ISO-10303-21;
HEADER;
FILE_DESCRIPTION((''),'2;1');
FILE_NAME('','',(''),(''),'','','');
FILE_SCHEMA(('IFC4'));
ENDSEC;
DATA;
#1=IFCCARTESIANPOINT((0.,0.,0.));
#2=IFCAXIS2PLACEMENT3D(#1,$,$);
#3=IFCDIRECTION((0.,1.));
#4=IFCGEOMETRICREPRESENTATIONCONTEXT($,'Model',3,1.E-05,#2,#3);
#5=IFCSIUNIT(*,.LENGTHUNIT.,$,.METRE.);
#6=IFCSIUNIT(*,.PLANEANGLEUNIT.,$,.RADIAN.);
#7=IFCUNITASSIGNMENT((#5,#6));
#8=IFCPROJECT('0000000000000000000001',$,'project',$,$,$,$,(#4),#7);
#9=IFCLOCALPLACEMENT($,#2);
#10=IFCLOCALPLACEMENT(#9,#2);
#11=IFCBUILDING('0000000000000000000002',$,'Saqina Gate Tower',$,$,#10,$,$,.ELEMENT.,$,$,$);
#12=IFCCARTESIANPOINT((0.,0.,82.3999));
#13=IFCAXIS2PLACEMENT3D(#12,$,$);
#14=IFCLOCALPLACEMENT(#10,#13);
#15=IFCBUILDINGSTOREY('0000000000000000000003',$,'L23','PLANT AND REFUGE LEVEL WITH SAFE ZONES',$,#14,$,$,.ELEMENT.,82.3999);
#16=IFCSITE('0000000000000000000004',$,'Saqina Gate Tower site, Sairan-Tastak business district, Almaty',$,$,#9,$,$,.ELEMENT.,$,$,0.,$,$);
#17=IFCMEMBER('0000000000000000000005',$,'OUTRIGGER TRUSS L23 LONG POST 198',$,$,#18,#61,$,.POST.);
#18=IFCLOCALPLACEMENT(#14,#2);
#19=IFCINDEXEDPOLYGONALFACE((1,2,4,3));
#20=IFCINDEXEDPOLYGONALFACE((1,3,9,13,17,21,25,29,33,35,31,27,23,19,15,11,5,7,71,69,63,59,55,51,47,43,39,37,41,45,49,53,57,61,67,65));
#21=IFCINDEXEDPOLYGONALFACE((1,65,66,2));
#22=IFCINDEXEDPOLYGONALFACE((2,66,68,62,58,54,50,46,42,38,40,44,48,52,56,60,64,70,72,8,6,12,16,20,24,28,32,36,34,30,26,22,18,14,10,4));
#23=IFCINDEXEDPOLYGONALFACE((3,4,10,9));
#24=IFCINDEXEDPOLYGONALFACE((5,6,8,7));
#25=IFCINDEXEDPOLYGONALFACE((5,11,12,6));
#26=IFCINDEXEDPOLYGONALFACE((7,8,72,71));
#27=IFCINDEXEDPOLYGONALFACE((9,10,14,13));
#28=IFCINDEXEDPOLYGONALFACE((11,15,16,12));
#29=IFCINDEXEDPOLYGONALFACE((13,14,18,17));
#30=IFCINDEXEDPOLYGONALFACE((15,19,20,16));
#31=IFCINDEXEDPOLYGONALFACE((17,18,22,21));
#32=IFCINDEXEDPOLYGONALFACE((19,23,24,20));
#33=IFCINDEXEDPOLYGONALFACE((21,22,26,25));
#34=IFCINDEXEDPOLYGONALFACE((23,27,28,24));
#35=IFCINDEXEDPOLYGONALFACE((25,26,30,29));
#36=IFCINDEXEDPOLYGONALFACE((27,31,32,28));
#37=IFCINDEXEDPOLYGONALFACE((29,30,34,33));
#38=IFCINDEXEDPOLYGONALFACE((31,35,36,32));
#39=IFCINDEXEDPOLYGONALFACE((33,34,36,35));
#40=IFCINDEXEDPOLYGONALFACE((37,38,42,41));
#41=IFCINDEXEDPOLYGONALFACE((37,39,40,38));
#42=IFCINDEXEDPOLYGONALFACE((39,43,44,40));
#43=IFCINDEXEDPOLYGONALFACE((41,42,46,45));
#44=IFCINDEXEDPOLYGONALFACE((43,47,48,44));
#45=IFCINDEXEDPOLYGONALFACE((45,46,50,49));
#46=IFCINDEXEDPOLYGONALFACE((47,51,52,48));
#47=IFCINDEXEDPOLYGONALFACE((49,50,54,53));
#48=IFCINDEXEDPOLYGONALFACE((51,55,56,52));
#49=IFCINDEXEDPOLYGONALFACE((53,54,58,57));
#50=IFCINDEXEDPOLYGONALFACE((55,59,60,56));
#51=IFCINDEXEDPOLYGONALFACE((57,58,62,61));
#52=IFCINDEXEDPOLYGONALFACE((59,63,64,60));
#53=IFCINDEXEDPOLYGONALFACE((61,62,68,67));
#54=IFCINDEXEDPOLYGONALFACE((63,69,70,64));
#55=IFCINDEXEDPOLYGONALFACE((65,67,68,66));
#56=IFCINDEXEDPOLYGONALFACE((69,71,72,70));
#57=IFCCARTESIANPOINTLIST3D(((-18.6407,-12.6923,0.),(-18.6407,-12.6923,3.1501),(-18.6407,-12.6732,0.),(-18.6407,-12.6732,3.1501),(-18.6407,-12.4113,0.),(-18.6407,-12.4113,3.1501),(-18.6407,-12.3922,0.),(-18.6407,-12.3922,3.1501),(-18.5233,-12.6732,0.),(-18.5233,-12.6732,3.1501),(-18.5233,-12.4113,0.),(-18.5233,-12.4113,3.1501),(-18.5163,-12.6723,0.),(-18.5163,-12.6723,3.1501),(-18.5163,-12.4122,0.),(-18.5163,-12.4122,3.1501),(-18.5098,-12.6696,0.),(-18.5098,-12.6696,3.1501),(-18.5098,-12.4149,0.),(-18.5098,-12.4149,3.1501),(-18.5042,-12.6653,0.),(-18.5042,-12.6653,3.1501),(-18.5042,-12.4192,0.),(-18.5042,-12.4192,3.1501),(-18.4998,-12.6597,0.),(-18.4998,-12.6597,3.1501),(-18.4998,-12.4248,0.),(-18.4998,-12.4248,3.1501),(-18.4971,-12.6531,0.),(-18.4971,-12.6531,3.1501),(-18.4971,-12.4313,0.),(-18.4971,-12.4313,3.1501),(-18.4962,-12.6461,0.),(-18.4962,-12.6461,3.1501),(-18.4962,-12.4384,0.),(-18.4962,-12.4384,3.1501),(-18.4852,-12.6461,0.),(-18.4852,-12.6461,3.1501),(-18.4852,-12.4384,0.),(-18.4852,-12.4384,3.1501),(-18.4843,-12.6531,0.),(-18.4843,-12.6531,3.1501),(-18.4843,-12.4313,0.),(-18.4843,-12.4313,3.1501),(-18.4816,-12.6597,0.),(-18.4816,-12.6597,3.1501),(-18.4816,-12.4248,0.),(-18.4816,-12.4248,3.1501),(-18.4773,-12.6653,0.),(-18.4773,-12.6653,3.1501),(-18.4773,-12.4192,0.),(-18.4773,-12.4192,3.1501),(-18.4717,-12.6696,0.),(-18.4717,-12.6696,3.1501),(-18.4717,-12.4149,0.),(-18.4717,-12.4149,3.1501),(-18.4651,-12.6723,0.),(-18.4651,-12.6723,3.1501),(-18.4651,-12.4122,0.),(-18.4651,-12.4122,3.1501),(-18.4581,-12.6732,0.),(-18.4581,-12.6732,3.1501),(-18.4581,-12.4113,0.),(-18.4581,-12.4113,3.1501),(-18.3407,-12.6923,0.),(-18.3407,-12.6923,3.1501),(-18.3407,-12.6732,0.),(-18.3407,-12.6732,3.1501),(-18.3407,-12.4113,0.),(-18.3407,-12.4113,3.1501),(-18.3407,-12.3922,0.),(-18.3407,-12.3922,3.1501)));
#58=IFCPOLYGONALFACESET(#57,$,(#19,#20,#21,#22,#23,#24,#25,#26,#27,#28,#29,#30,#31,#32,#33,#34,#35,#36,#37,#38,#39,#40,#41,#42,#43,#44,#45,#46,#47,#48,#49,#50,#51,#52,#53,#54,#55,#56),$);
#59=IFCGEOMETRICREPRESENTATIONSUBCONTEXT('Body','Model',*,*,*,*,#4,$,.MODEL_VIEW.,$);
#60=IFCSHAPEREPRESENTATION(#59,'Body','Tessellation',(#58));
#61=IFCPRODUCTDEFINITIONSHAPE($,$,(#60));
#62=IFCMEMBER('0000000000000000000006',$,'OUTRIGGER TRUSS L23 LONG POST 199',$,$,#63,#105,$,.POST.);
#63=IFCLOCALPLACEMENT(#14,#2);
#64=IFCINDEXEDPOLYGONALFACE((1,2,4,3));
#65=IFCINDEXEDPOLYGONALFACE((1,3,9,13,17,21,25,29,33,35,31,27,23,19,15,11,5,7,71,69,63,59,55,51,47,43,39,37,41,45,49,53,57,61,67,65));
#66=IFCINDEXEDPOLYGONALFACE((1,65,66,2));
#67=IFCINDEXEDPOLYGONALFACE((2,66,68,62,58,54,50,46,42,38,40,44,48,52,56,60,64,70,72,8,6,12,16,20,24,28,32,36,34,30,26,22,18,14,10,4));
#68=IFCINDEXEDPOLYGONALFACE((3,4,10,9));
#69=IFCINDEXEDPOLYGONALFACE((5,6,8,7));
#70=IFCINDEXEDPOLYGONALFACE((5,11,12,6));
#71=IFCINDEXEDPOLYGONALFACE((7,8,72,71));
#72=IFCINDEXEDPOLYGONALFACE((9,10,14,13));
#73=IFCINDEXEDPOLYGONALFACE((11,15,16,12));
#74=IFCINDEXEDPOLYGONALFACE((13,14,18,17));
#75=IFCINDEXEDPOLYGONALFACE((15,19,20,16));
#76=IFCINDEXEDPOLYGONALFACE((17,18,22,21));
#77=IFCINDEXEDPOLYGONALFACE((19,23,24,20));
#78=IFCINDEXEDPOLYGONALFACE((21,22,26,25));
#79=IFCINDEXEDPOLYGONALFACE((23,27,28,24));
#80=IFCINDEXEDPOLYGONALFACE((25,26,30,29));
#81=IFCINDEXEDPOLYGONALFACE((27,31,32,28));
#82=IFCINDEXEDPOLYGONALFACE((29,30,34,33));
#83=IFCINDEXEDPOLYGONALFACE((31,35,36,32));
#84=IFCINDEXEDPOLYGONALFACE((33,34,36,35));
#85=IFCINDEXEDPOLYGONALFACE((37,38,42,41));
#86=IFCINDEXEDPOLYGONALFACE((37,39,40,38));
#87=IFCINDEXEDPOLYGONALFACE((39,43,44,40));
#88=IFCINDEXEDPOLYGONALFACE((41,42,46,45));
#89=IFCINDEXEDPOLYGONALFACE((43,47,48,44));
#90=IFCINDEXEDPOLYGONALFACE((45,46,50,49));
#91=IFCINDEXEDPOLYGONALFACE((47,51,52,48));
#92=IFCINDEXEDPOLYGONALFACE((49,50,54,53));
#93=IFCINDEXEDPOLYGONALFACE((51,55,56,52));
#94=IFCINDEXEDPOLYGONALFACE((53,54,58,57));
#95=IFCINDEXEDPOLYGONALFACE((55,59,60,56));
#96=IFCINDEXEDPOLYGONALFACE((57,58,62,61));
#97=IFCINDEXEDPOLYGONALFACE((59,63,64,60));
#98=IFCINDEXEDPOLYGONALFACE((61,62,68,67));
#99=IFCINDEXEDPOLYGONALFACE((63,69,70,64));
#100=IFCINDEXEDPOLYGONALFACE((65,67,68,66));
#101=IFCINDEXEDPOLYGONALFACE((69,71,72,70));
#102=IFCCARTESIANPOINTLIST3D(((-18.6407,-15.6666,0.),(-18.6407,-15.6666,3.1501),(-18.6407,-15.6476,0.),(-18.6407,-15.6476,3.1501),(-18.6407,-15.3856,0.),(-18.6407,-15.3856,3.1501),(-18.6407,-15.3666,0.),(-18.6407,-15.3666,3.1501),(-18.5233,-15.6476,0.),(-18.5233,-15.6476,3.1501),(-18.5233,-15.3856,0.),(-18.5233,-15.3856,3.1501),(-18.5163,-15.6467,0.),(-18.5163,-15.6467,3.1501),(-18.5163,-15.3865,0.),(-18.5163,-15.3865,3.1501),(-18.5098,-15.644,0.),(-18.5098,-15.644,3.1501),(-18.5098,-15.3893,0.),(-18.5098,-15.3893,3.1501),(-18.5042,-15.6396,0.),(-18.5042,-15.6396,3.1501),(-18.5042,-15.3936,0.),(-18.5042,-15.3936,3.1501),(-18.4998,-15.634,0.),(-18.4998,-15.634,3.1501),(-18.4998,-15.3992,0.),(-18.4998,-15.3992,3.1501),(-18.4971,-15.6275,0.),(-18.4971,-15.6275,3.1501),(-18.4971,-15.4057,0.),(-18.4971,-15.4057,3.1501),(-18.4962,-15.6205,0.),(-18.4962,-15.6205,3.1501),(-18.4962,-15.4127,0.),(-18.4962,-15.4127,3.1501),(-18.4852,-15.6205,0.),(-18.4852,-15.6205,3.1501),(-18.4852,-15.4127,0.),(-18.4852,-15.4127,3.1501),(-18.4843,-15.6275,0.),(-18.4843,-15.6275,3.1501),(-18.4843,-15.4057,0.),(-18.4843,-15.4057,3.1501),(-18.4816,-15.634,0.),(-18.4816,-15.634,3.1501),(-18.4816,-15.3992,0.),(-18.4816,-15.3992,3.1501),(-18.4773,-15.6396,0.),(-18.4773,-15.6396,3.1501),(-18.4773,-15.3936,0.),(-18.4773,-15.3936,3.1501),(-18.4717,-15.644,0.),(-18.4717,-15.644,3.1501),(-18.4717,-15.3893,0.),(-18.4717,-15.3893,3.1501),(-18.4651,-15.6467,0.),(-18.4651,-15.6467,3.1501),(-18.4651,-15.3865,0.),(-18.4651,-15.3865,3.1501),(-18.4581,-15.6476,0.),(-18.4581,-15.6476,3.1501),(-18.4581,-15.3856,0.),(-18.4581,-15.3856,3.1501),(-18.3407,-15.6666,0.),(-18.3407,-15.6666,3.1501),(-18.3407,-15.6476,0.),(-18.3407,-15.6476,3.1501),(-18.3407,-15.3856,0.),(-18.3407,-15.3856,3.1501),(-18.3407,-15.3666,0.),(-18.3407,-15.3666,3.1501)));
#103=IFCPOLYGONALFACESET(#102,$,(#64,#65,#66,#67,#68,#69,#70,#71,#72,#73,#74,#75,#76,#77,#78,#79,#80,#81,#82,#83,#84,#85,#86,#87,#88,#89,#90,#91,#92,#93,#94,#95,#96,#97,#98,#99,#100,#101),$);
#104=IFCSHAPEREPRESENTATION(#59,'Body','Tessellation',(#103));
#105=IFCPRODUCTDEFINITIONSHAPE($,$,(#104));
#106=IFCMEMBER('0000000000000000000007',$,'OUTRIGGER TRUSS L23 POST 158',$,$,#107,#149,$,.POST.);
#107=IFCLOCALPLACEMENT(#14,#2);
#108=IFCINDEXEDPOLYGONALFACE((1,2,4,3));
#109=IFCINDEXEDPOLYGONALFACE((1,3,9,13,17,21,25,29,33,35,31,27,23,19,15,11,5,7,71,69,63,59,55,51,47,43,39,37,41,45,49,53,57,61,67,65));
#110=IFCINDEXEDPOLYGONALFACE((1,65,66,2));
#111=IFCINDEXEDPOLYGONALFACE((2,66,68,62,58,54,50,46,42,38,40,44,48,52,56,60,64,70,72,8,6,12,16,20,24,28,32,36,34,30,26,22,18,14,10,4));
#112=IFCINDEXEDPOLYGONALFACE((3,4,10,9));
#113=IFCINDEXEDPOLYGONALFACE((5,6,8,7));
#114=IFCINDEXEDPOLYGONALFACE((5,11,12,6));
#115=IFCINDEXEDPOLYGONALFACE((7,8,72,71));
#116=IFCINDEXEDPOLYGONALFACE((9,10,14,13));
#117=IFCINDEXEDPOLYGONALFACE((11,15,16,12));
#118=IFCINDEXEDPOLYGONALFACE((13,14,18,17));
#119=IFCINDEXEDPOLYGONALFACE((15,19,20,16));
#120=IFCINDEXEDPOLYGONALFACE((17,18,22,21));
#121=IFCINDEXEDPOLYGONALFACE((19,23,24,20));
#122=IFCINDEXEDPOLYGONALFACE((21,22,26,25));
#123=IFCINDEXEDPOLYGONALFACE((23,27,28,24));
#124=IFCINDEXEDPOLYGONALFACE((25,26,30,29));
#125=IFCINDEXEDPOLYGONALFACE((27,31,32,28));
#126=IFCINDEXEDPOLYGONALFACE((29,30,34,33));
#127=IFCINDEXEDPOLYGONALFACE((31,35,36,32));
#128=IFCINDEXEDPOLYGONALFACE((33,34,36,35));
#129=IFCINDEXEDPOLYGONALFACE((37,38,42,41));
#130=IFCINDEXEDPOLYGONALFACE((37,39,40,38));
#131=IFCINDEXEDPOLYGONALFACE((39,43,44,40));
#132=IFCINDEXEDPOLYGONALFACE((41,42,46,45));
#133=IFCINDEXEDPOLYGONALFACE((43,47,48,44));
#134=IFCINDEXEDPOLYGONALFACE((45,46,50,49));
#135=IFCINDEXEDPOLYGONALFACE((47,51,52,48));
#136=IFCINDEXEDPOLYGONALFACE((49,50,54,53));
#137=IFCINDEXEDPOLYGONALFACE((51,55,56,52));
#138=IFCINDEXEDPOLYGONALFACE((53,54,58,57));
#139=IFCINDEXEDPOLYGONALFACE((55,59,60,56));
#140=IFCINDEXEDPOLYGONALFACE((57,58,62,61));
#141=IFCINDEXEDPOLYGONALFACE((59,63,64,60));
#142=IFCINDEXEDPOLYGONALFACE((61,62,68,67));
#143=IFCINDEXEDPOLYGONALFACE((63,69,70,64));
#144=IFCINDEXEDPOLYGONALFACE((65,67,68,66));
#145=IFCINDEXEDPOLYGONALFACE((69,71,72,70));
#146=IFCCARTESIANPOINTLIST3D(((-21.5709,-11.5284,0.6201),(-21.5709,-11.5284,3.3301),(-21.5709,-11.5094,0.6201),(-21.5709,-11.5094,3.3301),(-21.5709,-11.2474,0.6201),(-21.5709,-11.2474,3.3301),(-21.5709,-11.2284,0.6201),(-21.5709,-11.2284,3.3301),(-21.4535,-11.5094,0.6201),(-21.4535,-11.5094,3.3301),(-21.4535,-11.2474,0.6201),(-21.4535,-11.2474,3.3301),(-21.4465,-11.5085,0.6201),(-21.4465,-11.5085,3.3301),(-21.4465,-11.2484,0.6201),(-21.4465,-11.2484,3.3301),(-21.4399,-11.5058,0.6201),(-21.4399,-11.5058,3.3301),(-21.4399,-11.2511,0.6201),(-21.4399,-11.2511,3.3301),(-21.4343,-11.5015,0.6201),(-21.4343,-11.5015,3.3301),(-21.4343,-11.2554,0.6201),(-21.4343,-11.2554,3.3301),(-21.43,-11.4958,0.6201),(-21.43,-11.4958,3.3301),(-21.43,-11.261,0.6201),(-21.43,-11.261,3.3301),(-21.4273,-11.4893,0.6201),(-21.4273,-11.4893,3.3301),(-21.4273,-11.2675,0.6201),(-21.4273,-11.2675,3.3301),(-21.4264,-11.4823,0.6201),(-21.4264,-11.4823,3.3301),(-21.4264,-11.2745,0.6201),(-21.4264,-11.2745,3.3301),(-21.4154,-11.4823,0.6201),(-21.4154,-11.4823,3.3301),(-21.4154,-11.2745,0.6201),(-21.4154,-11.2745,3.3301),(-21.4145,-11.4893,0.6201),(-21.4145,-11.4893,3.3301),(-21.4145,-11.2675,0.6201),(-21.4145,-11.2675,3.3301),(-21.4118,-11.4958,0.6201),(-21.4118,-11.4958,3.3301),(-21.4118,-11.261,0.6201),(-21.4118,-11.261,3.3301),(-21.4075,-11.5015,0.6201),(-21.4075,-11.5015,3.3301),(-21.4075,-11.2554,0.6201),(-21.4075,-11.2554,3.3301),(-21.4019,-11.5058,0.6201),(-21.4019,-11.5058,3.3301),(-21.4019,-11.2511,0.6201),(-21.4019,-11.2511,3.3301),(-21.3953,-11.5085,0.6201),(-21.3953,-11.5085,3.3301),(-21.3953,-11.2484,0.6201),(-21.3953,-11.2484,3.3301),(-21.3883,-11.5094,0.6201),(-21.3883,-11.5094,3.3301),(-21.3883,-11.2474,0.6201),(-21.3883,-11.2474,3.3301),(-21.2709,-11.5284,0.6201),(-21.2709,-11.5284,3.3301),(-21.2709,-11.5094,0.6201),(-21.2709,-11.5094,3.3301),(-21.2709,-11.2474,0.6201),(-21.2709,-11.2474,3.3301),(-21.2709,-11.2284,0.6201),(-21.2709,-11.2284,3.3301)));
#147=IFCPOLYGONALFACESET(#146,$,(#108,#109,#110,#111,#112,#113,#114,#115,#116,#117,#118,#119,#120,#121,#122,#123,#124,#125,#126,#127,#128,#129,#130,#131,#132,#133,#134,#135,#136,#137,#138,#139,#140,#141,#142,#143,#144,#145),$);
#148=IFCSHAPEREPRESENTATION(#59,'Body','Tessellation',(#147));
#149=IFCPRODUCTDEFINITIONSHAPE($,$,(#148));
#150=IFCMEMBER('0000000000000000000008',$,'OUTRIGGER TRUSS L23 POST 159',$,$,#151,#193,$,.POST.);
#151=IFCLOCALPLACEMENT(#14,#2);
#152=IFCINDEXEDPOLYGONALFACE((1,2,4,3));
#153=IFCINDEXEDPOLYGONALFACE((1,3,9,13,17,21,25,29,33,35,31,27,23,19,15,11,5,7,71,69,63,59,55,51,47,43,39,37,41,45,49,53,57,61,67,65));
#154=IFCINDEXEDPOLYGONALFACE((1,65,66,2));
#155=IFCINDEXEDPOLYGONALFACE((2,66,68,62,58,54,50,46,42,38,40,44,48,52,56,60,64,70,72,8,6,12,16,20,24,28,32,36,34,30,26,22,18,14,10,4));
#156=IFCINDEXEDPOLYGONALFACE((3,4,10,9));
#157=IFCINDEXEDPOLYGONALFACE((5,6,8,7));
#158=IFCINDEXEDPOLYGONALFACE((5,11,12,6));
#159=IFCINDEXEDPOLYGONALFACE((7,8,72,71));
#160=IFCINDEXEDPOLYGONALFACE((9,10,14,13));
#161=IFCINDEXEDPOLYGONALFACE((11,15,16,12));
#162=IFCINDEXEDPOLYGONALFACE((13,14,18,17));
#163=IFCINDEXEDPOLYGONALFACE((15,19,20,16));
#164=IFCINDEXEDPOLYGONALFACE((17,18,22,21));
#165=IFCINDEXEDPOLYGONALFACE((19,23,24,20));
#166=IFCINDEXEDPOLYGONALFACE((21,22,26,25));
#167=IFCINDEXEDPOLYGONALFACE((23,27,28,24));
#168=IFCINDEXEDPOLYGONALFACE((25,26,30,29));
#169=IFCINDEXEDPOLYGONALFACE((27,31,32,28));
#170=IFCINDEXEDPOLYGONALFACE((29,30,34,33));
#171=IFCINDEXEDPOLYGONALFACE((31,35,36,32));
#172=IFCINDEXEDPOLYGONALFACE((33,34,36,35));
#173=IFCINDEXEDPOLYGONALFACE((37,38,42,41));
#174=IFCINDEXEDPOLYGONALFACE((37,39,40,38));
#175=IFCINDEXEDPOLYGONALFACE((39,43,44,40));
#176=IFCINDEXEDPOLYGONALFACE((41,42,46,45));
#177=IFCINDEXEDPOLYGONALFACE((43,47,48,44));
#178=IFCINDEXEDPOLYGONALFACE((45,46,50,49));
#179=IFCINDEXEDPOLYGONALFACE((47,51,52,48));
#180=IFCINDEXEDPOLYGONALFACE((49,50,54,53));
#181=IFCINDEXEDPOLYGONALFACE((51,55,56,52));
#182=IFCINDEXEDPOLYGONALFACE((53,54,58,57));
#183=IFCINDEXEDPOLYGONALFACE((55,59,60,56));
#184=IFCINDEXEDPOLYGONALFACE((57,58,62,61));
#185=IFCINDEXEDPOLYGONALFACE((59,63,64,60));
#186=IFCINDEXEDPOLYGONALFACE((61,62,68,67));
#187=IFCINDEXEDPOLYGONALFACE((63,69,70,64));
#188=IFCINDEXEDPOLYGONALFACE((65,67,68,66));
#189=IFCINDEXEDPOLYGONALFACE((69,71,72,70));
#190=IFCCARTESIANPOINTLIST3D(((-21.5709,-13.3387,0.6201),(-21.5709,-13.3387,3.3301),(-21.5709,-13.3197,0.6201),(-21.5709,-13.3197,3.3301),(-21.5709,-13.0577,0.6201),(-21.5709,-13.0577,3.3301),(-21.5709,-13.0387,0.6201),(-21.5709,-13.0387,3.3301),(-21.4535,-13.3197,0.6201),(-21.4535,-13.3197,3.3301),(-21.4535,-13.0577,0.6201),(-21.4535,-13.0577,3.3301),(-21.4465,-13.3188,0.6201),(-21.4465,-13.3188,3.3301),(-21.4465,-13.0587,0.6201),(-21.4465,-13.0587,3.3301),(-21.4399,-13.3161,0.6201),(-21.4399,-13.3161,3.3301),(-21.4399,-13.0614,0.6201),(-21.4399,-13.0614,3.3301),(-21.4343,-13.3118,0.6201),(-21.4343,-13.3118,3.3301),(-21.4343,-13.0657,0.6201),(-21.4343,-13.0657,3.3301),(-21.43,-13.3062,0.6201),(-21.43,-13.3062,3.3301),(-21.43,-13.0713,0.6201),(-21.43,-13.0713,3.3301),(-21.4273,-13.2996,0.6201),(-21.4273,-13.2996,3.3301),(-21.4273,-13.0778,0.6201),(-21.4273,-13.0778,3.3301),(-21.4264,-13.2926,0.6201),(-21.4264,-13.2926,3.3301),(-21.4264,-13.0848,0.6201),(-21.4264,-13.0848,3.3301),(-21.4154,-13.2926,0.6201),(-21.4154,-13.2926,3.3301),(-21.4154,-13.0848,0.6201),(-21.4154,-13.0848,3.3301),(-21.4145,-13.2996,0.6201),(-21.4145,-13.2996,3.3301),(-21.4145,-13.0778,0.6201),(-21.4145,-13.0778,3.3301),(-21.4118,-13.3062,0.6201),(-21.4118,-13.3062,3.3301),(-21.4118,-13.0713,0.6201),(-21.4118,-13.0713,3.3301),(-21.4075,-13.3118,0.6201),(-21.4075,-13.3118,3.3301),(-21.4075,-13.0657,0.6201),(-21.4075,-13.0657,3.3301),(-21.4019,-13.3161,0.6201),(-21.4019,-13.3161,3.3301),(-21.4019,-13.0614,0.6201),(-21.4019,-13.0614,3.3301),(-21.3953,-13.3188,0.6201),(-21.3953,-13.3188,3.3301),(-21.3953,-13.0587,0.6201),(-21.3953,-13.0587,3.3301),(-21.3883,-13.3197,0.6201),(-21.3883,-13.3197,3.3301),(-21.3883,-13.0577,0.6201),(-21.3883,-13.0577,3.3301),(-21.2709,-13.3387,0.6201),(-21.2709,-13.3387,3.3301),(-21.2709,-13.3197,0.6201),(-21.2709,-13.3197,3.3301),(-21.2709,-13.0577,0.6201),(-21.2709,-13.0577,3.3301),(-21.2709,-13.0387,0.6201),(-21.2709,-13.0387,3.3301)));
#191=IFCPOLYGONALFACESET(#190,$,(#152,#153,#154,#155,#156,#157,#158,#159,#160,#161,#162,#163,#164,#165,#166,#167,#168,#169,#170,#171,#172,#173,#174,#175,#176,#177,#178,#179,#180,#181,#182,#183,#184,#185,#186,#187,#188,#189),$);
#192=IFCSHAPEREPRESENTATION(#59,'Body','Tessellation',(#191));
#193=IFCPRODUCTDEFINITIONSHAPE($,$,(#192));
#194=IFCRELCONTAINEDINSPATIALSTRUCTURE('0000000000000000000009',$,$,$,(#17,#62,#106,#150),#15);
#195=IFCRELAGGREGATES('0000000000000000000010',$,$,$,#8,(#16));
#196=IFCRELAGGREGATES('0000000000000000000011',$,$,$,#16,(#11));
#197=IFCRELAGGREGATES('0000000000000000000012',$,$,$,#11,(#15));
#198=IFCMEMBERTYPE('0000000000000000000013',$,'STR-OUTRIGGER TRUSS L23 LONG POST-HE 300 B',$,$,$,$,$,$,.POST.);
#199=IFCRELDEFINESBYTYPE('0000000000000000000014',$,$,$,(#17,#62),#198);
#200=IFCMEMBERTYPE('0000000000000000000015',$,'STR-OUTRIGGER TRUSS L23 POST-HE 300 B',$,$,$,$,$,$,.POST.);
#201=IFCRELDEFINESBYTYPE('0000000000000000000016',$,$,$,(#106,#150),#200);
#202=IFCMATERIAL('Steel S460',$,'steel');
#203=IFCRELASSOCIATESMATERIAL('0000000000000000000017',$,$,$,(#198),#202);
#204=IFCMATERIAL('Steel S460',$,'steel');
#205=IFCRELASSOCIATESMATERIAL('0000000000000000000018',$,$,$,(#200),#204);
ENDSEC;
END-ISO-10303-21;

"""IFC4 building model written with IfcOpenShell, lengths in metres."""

from ifc_helpers import new_model, si_unit, direction, frame, origin, origin_2d, place, context, subcontext, project, spatial, i_section, extrude, material, material_profile, profile_set, type_object, element, save


model = new_model("IFC4")

# Units and contexts
model_context = context("Model", 3, precision=1e-05, world=origin(), true_north=direction((0.0, 1.0)))
body_context = subcontext(model_context, "Body", "Model", "MODEL_VIEW")
ifc_project = project(units=[si_unit("LENGTHUNIT", "METRE"), si_unit("PLANEANGLEUNIT", "RADIAN")], contexts=[model_context])

# Site, building, storey
site_placement = place(None, origin())
site = spatial("IfcSite", under=ifc_project, at=site_placement, Name="Saqina Gate Tower site, Sairan-Tastak business district, Almaty", CompositionType="ELEMENT", RefElevation=0.0)
building_placement = place(site_placement, origin())
building = spatial("IfcBuilding", under=site, at=building_placement, Name="Saqina Gate Tower", CompositionType="ELEMENT")
storey_placement = place(building_placement, frame((0.0, 0.0, 82.3999)))
storey = spatial("IfcBuildingStorey", under=building, at=storey_placement, Name="L23", Description="PLANT AND REFUGE LEVEL WITH SAFE ZONES", CompositionType="ELEMENT", Elevation=82.3999)

# Members
ifc_material_1 = material(Name="Steel S460", Category="steel")
ifc_material_profile_1 = material_profile(ifc_material_1, i_section(OverallWidth=0.3, OverallDepth=0.3, WebThickness=0.011, FlangeThickness=0.019, FilletRadius=0.0271, at=origin_2d()), Name="HE 300 B")
ifc_profile_set_1 = profile_set([ifc_material_profile_1], Name="Steel S460")
member_type_1 = type_object("IfcMemberType", Name="STR-OUTRIGGER TRUSS L23 LONG POST-HE 300 B", PredefinedType="POST", material=ifc_profile_set_1)
for number, where, z_axis, x_axis, name in (
    (1, (-18.4907, -12.5422, 0.0), (0.0, 0.0, 1.0), (1.0, 0.0, 0.0), "OUTRIGGER TRUSS L23 LONG POST 198"),
    (2, (-18.4907, -15.5166, 0.0), (0.0, 0.0, 1.0), (1.0, 0.0, 0.0), "OUTRIGGER TRUSS L23 LONG POST 199"),
):
    element("IfcMember", number, at=place(storey_placement, frame(where, z_axis=z_axis, x_axis=x_axis)), inside=storey, type_object=member_type_1, Name=name, PredefinedType="POST", context=body_context, shape_type="SweptSolid", body=[
        extrude(i_section(OverallWidth=0.3, OverallDepth=0.3, WebThickness=0.011, FlangeThickness=0.019, FilletRadius=0.0271, at=origin_2d()), origin(), (0.0, 0.0, 1.0), 3.1501),
    ])
ifc_material_2 = material(Name="Steel S460", Category="steel")
ifc_material_profile_2 = material_profile(ifc_material_2, i_section(OverallWidth=0.3, OverallDepth=0.3, WebThickness=0.011, FlangeThickness=0.019, FilletRadius=0.0271, at=origin_2d()), Name="HE 300 B")
ifc_profile_set_2 = profile_set([ifc_material_profile_2], Name="Steel S460")
member_type_2 = type_object("IfcMemberType", Name="STR-OUTRIGGER TRUSS L23 POST-HE 300 B", PredefinedType="POST", material=ifc_profile_set_2)
for number, where, z_axis, x_axis, name in (
    (3, (-21.4209, -11.3784, 0.6201), (0.0, 0.0, 1.0), (1.0, 0.0, 0.0), "OUTRIGGER TRUSS L23 POST 158"),
    (4, (-21.4209, -13.1887, 0.6201), (0.0, 0.0, 1.0), (1.0, 0.0, 0.0), "OUTRIGGER TRUSS L23 POST 159"),
):
    element("IfcMember", number, at=place(storey_placement, frame(where, z_axis=z_axis, x_axis=x_axis)), inside=storey, type_object=member_type_2, Name=name, PredefinedType="POST", context=body_context, shape_type="SweptSolid", body=[
        extrude(i_section(OverallWidth=0.3, OverallDepth=0.3, WebThickness=0.011, FlangeThickness=0.019, FilletRadius=0.0271, at=origin_2d()), origin(), (0.0, 0.0, 1.0), 2.71),
    ])

save(model, "model.ifc")
